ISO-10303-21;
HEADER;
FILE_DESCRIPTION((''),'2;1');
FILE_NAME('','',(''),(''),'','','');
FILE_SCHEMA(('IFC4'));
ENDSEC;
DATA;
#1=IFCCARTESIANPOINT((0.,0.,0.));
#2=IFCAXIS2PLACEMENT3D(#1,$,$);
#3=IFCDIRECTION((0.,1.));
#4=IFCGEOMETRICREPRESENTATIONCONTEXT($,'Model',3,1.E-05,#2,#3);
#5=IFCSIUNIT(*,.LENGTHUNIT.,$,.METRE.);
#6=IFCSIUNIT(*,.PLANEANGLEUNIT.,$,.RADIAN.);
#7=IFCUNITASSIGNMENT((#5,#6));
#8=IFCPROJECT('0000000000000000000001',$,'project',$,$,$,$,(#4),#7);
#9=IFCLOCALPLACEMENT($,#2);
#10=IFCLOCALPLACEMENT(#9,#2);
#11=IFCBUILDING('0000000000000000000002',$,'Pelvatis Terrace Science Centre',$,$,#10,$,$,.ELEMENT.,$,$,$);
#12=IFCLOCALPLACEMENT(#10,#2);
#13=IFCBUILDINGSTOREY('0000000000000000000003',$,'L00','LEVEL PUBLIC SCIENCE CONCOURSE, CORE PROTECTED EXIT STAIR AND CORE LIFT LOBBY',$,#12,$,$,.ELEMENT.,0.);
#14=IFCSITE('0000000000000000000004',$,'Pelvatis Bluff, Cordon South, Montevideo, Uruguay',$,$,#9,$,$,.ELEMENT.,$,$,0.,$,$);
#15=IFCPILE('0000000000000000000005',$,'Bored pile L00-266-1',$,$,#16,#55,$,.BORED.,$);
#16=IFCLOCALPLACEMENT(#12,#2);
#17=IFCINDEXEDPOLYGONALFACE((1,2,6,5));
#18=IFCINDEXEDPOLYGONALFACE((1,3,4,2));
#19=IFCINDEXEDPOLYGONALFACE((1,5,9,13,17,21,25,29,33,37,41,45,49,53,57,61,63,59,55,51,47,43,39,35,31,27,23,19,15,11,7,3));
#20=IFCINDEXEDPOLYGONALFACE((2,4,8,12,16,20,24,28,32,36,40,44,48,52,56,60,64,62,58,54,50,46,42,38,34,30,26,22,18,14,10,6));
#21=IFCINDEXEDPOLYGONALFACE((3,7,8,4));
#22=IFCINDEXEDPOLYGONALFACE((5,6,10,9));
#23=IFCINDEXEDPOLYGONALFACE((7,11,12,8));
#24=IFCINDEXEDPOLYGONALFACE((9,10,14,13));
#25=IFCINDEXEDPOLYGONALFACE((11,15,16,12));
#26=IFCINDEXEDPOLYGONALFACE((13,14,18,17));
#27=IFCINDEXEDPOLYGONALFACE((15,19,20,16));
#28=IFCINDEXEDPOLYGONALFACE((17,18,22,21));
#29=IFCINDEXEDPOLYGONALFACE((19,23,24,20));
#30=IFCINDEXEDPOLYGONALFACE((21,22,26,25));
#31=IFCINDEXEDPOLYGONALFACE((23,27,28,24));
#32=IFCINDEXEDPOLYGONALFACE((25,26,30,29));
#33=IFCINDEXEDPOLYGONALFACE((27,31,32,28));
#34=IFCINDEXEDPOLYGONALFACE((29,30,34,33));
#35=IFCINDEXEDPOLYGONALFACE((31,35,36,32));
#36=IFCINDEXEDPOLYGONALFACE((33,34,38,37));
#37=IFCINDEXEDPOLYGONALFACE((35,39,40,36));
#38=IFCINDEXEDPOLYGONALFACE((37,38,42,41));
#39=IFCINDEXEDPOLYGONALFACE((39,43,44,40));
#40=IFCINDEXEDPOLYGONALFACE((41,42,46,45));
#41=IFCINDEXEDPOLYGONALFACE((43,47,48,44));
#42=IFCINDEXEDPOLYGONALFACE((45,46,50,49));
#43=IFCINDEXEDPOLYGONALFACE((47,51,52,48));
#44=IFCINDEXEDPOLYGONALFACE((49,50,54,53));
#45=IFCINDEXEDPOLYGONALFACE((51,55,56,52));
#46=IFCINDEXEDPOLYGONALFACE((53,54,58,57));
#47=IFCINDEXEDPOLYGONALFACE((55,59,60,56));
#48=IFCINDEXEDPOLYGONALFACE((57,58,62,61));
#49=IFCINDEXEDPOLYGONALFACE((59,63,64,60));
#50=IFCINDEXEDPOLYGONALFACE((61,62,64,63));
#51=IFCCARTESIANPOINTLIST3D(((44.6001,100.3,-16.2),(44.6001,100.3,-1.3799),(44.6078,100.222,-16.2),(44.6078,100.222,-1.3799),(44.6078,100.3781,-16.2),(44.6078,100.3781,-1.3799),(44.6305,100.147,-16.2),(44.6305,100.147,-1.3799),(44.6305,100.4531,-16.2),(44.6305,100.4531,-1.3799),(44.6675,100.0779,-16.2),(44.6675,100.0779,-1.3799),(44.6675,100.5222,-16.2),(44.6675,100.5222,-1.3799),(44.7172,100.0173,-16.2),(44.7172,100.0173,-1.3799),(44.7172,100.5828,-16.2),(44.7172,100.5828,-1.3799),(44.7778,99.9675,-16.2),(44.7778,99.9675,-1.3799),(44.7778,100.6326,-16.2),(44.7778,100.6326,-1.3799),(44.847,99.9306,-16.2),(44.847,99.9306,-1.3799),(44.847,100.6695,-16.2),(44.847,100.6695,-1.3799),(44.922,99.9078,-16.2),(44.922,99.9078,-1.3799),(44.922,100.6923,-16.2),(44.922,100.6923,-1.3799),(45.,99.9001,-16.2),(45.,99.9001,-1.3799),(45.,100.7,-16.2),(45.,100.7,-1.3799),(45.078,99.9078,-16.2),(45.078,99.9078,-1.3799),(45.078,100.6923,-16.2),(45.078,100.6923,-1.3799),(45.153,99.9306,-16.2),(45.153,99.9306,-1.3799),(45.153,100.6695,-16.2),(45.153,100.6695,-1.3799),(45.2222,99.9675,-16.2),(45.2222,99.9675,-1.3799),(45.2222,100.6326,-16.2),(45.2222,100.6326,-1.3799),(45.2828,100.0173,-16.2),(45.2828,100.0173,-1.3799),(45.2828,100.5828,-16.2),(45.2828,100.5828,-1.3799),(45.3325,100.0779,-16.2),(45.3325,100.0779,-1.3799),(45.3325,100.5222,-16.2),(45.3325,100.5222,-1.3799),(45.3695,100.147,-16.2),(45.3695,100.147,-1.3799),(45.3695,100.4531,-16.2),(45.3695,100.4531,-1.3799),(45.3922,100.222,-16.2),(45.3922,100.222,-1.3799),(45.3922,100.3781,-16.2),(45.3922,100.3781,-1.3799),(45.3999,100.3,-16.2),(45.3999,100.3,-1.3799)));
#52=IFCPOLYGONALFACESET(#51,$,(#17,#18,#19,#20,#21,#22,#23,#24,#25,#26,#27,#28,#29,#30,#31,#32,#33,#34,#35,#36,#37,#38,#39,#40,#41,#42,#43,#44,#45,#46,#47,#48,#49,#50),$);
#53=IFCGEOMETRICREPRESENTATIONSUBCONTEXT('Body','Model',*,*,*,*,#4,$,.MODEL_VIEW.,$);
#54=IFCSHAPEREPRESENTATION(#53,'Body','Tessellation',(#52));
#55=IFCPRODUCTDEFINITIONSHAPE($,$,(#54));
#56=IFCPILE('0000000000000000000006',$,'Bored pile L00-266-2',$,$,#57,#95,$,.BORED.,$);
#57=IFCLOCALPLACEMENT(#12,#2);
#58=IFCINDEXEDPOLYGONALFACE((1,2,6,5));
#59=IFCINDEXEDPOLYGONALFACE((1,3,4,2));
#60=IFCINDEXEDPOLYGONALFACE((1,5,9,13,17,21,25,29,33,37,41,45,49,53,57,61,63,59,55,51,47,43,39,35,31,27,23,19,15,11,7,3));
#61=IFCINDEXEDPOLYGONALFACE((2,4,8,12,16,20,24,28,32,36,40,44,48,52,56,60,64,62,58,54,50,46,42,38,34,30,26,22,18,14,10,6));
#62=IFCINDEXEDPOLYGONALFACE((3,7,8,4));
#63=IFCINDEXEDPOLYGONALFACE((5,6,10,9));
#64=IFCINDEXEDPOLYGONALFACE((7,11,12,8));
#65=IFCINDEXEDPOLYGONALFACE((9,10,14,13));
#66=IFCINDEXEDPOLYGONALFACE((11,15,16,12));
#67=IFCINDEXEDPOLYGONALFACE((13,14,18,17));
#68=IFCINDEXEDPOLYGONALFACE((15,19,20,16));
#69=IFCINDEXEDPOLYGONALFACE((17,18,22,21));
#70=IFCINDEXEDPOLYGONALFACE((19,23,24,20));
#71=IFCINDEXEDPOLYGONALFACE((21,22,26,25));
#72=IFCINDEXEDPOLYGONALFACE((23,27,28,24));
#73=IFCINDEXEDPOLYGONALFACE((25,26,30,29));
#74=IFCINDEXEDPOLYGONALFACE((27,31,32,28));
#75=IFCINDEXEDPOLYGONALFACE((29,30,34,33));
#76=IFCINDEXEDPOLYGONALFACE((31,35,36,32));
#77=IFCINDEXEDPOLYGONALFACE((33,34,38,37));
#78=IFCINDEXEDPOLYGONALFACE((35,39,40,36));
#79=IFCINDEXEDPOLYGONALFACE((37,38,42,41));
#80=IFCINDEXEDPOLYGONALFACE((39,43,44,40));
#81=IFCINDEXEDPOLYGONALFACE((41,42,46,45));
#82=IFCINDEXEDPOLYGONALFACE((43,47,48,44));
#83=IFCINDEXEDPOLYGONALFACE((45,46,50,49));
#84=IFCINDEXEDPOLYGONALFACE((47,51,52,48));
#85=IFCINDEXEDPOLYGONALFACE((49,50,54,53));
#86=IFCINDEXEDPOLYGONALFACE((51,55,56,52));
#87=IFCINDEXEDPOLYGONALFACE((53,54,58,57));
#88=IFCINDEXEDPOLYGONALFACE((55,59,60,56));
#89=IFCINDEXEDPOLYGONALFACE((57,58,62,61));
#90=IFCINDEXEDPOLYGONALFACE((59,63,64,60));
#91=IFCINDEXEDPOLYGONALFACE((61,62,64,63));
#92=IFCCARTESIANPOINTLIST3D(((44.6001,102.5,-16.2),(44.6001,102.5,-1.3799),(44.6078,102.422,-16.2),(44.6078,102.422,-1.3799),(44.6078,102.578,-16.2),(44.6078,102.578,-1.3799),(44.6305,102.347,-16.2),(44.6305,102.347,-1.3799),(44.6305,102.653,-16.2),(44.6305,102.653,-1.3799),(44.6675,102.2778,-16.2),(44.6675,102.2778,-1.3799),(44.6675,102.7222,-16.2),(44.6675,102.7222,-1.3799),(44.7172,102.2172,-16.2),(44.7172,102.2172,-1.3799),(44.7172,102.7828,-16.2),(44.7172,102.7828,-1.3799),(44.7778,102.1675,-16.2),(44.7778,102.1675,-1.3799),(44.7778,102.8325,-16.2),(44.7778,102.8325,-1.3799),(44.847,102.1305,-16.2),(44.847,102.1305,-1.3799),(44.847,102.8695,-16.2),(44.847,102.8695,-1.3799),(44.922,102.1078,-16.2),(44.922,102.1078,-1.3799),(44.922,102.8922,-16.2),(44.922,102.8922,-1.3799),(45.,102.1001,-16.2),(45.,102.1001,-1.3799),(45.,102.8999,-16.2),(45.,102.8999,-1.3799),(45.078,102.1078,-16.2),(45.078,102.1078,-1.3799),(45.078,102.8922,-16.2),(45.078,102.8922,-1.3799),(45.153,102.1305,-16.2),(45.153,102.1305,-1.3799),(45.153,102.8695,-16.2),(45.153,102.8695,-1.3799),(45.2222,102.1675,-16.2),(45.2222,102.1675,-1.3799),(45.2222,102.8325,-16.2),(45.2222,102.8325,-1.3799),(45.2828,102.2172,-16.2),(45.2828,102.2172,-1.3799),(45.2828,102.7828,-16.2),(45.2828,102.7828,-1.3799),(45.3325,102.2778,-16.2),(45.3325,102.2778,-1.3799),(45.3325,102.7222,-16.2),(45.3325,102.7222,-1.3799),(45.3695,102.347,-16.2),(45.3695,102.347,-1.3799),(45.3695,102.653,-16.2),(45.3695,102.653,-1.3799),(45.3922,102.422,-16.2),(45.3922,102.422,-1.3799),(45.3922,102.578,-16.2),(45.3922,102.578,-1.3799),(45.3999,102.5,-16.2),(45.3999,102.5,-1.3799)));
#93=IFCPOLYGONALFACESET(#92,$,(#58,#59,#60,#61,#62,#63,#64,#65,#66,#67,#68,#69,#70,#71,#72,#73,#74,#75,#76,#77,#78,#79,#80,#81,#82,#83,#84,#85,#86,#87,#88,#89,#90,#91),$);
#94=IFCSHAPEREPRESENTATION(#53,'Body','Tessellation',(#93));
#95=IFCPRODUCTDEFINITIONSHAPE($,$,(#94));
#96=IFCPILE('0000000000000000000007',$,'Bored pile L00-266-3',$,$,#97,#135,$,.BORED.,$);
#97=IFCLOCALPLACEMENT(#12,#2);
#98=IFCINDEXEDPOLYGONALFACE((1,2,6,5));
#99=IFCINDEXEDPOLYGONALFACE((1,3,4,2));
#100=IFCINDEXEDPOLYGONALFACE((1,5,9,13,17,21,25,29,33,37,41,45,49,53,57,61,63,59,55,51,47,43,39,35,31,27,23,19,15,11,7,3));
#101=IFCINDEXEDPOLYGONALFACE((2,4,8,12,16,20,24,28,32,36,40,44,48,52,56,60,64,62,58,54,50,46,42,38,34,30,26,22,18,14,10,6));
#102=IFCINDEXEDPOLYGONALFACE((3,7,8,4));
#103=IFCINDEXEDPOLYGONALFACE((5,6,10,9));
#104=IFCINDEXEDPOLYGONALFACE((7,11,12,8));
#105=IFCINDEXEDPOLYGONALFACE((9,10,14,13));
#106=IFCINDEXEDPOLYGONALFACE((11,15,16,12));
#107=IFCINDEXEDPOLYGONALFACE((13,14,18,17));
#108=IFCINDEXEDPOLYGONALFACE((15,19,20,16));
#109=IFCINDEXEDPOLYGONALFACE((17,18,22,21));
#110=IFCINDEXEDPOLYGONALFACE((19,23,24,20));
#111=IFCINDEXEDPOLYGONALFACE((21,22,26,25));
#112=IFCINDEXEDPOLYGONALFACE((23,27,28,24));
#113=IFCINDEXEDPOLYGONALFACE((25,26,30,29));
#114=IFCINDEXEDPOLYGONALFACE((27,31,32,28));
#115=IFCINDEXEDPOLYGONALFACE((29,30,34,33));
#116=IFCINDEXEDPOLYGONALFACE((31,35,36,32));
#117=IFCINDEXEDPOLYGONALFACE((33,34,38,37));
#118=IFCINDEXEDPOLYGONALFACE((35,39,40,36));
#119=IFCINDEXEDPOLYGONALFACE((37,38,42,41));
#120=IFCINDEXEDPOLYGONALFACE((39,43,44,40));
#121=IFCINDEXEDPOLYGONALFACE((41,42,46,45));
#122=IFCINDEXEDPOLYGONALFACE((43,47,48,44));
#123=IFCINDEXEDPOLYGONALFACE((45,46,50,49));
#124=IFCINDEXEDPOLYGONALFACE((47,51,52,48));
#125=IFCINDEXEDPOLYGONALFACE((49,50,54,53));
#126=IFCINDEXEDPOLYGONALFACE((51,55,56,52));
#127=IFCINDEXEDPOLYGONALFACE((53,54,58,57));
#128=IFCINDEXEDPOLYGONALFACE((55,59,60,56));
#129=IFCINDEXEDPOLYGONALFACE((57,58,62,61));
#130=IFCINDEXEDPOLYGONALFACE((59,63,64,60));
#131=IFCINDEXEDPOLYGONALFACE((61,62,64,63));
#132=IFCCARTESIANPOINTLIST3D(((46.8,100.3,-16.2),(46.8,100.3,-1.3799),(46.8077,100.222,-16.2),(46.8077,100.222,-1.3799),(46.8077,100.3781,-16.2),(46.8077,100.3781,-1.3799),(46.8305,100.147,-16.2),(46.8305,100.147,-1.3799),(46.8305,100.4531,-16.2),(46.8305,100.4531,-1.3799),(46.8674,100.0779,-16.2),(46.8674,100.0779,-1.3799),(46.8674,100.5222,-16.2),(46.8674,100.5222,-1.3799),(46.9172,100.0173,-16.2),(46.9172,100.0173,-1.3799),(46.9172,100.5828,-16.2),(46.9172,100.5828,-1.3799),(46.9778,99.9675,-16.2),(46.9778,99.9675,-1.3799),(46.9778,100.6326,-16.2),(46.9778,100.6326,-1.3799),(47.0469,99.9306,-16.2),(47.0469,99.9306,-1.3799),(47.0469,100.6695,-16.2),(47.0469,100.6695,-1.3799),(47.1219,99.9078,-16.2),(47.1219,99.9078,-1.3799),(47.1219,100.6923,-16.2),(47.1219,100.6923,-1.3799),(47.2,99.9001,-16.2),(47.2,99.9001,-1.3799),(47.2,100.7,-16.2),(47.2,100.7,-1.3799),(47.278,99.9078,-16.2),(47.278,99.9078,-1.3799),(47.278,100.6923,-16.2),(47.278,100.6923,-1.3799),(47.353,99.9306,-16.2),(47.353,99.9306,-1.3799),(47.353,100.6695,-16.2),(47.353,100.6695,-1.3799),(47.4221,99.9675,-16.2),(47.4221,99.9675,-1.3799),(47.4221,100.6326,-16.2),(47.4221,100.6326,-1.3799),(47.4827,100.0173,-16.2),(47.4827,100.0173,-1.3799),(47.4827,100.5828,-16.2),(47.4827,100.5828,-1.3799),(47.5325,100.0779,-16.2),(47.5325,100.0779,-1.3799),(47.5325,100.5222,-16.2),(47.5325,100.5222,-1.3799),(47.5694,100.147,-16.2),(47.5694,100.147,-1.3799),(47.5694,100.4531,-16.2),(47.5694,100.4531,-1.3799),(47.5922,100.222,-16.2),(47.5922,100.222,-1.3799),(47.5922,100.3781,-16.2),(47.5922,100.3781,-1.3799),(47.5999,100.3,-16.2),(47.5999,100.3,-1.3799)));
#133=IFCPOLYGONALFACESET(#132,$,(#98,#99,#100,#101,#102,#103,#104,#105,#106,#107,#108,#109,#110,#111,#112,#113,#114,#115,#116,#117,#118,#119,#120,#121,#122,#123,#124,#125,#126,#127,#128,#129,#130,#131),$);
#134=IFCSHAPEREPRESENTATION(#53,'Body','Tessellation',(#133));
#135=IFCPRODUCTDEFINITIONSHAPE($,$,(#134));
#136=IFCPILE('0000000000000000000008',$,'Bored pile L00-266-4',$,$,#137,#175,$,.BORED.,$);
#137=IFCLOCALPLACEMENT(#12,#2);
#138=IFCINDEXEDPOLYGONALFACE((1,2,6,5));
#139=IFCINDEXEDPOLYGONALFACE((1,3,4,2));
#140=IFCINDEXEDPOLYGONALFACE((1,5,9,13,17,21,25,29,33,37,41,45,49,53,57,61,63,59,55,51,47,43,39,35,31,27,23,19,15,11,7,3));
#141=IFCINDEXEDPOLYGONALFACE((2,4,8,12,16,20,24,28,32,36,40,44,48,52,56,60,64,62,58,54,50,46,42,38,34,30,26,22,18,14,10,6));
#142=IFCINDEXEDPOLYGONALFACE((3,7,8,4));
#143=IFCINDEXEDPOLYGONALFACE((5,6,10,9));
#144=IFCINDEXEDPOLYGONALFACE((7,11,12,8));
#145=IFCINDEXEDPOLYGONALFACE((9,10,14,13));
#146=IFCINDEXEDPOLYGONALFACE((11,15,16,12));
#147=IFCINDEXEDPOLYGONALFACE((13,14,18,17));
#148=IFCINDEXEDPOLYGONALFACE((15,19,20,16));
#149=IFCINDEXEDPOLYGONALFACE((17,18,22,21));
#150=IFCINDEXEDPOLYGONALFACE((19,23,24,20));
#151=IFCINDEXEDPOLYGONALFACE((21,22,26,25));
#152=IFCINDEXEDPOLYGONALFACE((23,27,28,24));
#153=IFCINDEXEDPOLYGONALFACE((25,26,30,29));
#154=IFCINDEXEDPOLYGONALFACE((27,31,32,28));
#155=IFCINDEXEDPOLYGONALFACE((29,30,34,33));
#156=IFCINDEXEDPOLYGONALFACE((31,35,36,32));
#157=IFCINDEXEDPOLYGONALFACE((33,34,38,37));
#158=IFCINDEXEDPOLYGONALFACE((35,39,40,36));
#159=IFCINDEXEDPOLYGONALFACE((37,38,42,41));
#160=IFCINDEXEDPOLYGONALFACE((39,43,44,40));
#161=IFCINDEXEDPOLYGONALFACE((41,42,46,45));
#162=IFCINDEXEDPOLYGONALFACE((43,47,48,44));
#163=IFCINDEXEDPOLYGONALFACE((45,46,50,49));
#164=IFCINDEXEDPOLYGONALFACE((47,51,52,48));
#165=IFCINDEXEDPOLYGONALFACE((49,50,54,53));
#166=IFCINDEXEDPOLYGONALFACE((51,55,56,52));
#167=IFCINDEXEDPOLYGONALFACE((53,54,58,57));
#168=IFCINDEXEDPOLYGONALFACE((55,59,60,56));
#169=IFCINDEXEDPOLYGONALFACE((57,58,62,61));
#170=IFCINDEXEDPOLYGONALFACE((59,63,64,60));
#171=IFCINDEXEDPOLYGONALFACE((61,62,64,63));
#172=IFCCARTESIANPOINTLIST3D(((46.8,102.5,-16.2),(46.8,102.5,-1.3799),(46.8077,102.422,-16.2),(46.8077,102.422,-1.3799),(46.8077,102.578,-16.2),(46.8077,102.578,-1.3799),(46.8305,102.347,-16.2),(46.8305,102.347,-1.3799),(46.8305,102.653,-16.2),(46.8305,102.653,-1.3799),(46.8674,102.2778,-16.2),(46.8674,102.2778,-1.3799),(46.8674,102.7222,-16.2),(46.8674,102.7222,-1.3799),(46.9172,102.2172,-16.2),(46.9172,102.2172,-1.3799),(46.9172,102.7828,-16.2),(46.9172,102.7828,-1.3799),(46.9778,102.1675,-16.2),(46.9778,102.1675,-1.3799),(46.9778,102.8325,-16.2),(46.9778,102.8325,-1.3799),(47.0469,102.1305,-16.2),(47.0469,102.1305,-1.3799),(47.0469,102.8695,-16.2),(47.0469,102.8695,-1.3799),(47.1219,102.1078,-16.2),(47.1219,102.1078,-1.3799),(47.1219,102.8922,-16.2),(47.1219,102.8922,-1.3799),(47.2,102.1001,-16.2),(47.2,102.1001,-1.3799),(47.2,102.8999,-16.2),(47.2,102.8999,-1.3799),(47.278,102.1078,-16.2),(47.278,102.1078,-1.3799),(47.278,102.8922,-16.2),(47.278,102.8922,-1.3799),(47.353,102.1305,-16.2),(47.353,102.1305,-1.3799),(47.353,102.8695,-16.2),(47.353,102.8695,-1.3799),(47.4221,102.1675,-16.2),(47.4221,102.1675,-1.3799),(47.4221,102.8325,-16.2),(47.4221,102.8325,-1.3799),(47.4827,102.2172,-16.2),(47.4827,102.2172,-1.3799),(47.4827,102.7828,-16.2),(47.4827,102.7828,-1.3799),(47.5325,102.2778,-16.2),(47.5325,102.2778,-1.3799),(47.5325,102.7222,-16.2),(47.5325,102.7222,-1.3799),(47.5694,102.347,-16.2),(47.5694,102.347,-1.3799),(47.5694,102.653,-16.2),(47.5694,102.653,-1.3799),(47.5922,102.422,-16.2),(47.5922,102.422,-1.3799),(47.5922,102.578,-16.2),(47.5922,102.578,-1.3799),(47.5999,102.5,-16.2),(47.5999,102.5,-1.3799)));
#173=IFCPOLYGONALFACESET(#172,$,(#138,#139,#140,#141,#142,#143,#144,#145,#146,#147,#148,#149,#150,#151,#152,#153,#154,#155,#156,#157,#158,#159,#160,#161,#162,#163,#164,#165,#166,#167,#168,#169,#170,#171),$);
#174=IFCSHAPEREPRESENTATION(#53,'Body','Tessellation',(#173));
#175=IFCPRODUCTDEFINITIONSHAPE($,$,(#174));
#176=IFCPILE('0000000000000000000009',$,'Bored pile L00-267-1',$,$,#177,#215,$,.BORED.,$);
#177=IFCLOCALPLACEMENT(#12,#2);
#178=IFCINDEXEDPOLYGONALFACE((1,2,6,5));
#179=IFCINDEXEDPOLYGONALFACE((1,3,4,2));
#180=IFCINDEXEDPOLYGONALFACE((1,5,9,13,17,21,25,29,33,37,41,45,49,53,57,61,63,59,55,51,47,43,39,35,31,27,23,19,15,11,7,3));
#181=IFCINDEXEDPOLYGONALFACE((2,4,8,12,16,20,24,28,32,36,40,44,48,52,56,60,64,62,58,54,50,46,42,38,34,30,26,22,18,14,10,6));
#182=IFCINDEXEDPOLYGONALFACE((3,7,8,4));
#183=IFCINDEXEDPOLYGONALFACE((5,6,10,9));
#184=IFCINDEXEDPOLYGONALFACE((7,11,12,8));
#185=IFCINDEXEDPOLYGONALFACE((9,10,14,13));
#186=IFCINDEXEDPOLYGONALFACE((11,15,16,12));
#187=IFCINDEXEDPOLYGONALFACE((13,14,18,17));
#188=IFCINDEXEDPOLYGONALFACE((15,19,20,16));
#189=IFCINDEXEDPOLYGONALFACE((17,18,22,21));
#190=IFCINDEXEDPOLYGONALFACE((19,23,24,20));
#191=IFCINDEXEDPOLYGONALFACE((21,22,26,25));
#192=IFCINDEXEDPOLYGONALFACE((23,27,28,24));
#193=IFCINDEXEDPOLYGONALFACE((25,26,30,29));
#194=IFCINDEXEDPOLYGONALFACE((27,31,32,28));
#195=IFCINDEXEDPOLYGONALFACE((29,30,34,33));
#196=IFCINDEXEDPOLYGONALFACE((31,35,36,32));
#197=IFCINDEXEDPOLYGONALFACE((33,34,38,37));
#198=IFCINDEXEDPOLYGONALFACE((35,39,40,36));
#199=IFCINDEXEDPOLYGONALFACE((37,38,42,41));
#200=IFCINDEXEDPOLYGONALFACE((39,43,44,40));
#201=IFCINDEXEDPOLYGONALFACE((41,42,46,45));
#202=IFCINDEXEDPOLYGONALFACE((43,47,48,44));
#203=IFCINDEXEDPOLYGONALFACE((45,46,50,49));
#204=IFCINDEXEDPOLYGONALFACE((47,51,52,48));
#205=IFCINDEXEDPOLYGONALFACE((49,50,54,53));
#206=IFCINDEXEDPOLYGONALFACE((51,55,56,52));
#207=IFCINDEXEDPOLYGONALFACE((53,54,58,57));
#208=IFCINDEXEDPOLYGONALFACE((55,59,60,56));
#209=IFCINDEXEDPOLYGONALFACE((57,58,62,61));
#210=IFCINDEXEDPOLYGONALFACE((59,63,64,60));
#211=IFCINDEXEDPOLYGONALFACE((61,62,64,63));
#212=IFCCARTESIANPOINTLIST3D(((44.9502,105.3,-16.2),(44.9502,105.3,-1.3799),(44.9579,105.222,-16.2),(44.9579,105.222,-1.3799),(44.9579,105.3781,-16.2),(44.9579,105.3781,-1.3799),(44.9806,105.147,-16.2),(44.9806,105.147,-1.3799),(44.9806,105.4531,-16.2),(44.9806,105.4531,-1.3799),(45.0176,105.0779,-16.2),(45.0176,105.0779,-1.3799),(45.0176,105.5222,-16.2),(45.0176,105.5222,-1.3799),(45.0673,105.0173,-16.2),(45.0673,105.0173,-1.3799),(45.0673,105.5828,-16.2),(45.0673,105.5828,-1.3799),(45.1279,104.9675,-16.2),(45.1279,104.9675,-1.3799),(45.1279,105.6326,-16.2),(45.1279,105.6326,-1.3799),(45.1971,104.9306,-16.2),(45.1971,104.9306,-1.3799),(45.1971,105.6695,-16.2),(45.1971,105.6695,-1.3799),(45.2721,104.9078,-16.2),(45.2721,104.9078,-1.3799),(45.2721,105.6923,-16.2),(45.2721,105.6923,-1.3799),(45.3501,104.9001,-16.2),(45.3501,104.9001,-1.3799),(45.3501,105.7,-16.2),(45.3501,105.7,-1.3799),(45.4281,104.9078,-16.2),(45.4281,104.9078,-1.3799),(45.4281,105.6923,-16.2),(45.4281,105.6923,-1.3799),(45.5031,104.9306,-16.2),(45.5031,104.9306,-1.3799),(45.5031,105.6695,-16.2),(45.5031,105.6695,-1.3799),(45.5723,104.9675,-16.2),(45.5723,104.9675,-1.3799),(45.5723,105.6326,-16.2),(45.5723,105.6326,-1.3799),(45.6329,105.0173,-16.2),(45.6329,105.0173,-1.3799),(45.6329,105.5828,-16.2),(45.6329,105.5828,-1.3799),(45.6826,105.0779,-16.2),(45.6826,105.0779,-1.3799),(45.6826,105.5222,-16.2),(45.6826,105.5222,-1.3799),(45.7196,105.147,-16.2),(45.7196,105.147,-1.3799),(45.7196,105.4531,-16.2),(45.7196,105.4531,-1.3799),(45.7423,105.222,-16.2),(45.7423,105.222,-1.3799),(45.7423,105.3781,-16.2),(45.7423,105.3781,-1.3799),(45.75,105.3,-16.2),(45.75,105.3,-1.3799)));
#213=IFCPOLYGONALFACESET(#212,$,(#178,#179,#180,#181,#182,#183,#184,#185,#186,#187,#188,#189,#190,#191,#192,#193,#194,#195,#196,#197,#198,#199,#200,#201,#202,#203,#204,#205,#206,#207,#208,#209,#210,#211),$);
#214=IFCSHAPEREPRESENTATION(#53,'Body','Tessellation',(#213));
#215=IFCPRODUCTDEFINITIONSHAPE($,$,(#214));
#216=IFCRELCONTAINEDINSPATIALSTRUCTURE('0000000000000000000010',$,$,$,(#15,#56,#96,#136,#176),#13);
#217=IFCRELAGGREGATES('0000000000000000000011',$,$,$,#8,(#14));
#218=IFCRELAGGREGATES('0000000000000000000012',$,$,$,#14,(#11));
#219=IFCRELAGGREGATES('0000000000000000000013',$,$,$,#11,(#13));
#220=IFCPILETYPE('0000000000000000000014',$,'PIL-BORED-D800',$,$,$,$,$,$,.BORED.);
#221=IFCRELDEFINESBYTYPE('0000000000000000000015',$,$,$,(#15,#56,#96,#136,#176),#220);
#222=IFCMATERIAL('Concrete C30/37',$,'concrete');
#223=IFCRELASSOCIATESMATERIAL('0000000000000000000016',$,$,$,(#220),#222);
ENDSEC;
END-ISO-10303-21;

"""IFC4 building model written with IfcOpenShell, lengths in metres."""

from ifc_helpers import new_model, si_unit, direction, frame, origin, origin_2d, place, context, subcontext, project, spatial, circle, extrude, material, material_profile, profile_set, type_object, element, save


model = new_model("IFC4")

# Units and contexts
model_context = context("Model", 3, precision=1e-05, world=origin(), true_north=direction((0.0, 1.0)))
body_context = subcontext(model_context, "Body", "Model", "MODEL_VIEW")
ifc_project = project(units=[si_unit("LENGTHUNIT", "METRE"), si_unit("PLANEANGLEUNIT", "RADIAN")], contexts=[model_context])

# Site, building, storey
site_placement = place(None, origin())
site = spatial("IfcSite", under=ifc_project, at=site_placement, Name="Pelvatis Bluff, Cordon South, Montevideo, Uruguay", CompositionType="ELEMENT", RefElevation=0.0)
building_placement = place(site_placement, origin())
building = spatial("IfcBuilding", under=site, at=building_placement, Name="Pelvatis Terrace Science Centre", CompositionType="ELEMENT")
storey_placement = place(building_placement, origin())
storey = spatial("IfcBuildingStorey", under=building, at=storey_placement, Name="L00", Description="LEVEL PUBLIC SCIENCE CONCOURSE, CORE PROTECTED EXIT STAIR AND CORE LIFT LOBBY", CompositionType="ELEMENT", Elevation=0.0)

# Piles
ifc_material_1 = material(Name="Concrete C30/37", Category="concrete")
ifc_material_profile_1 = material_profile(ifc_material_1, circle(Radius=0.3999, at=origin_2d()), Name="PILE D800")
ifc_profile_set_1 = profile_set([ifc_material_profile_1], Name="Concrete C30/37")
pile_type = type_object("IfcPileType", Name="PIL-BORED-D800", PredefinedType="BORED", material=ifc_profile_set_1)
for number, where, z_axis, x_axis, name in (
    (1, (45.0, 100.3, -1.3799), (0.0, 0.0, -1.0), (1.0, 0.0, 0.0), "Bored pile L00-266-1"),
    (2, (45.0, 102.5, -1.3799), (0.0, 0.0, -1.0), (1.0, 0.0, 0.0), "Bored pile L00-266-2"),
    (3, (47.2, 100.3, -1.3799), (0.0, 0.0, -1.0), (1.0, 0.0, 0.0), "Bored pile L00-266-3"),
    (4, (47.2, 102.5, -1.3799), (0.0, 0.0, -1.0), (1.0, 0.0, 0.0), "Bored pile L00-266-4"),
    (5, (45.3501, 105.3, -1.3799), (0.0, 0.0, -1.0), (1.0, 0.0, 0.0), "Bored pile L00-267-1"),
):
    element("IfcPile", number, at=place(storey_placement, frame(where, z_axis=z_axis, x_axis=x_axis)), inside=storey, type_object=pile_type, Name=name, PredefinedType="BORED", context=body_context, shape_type="SweptSolid", body=[
        extrude(circle(Radius=0.3999, at=origin_2d()), origin(), (0.0, 0.0, 1.0), 14.8201),
    ])

save(model, "model.ifc")
